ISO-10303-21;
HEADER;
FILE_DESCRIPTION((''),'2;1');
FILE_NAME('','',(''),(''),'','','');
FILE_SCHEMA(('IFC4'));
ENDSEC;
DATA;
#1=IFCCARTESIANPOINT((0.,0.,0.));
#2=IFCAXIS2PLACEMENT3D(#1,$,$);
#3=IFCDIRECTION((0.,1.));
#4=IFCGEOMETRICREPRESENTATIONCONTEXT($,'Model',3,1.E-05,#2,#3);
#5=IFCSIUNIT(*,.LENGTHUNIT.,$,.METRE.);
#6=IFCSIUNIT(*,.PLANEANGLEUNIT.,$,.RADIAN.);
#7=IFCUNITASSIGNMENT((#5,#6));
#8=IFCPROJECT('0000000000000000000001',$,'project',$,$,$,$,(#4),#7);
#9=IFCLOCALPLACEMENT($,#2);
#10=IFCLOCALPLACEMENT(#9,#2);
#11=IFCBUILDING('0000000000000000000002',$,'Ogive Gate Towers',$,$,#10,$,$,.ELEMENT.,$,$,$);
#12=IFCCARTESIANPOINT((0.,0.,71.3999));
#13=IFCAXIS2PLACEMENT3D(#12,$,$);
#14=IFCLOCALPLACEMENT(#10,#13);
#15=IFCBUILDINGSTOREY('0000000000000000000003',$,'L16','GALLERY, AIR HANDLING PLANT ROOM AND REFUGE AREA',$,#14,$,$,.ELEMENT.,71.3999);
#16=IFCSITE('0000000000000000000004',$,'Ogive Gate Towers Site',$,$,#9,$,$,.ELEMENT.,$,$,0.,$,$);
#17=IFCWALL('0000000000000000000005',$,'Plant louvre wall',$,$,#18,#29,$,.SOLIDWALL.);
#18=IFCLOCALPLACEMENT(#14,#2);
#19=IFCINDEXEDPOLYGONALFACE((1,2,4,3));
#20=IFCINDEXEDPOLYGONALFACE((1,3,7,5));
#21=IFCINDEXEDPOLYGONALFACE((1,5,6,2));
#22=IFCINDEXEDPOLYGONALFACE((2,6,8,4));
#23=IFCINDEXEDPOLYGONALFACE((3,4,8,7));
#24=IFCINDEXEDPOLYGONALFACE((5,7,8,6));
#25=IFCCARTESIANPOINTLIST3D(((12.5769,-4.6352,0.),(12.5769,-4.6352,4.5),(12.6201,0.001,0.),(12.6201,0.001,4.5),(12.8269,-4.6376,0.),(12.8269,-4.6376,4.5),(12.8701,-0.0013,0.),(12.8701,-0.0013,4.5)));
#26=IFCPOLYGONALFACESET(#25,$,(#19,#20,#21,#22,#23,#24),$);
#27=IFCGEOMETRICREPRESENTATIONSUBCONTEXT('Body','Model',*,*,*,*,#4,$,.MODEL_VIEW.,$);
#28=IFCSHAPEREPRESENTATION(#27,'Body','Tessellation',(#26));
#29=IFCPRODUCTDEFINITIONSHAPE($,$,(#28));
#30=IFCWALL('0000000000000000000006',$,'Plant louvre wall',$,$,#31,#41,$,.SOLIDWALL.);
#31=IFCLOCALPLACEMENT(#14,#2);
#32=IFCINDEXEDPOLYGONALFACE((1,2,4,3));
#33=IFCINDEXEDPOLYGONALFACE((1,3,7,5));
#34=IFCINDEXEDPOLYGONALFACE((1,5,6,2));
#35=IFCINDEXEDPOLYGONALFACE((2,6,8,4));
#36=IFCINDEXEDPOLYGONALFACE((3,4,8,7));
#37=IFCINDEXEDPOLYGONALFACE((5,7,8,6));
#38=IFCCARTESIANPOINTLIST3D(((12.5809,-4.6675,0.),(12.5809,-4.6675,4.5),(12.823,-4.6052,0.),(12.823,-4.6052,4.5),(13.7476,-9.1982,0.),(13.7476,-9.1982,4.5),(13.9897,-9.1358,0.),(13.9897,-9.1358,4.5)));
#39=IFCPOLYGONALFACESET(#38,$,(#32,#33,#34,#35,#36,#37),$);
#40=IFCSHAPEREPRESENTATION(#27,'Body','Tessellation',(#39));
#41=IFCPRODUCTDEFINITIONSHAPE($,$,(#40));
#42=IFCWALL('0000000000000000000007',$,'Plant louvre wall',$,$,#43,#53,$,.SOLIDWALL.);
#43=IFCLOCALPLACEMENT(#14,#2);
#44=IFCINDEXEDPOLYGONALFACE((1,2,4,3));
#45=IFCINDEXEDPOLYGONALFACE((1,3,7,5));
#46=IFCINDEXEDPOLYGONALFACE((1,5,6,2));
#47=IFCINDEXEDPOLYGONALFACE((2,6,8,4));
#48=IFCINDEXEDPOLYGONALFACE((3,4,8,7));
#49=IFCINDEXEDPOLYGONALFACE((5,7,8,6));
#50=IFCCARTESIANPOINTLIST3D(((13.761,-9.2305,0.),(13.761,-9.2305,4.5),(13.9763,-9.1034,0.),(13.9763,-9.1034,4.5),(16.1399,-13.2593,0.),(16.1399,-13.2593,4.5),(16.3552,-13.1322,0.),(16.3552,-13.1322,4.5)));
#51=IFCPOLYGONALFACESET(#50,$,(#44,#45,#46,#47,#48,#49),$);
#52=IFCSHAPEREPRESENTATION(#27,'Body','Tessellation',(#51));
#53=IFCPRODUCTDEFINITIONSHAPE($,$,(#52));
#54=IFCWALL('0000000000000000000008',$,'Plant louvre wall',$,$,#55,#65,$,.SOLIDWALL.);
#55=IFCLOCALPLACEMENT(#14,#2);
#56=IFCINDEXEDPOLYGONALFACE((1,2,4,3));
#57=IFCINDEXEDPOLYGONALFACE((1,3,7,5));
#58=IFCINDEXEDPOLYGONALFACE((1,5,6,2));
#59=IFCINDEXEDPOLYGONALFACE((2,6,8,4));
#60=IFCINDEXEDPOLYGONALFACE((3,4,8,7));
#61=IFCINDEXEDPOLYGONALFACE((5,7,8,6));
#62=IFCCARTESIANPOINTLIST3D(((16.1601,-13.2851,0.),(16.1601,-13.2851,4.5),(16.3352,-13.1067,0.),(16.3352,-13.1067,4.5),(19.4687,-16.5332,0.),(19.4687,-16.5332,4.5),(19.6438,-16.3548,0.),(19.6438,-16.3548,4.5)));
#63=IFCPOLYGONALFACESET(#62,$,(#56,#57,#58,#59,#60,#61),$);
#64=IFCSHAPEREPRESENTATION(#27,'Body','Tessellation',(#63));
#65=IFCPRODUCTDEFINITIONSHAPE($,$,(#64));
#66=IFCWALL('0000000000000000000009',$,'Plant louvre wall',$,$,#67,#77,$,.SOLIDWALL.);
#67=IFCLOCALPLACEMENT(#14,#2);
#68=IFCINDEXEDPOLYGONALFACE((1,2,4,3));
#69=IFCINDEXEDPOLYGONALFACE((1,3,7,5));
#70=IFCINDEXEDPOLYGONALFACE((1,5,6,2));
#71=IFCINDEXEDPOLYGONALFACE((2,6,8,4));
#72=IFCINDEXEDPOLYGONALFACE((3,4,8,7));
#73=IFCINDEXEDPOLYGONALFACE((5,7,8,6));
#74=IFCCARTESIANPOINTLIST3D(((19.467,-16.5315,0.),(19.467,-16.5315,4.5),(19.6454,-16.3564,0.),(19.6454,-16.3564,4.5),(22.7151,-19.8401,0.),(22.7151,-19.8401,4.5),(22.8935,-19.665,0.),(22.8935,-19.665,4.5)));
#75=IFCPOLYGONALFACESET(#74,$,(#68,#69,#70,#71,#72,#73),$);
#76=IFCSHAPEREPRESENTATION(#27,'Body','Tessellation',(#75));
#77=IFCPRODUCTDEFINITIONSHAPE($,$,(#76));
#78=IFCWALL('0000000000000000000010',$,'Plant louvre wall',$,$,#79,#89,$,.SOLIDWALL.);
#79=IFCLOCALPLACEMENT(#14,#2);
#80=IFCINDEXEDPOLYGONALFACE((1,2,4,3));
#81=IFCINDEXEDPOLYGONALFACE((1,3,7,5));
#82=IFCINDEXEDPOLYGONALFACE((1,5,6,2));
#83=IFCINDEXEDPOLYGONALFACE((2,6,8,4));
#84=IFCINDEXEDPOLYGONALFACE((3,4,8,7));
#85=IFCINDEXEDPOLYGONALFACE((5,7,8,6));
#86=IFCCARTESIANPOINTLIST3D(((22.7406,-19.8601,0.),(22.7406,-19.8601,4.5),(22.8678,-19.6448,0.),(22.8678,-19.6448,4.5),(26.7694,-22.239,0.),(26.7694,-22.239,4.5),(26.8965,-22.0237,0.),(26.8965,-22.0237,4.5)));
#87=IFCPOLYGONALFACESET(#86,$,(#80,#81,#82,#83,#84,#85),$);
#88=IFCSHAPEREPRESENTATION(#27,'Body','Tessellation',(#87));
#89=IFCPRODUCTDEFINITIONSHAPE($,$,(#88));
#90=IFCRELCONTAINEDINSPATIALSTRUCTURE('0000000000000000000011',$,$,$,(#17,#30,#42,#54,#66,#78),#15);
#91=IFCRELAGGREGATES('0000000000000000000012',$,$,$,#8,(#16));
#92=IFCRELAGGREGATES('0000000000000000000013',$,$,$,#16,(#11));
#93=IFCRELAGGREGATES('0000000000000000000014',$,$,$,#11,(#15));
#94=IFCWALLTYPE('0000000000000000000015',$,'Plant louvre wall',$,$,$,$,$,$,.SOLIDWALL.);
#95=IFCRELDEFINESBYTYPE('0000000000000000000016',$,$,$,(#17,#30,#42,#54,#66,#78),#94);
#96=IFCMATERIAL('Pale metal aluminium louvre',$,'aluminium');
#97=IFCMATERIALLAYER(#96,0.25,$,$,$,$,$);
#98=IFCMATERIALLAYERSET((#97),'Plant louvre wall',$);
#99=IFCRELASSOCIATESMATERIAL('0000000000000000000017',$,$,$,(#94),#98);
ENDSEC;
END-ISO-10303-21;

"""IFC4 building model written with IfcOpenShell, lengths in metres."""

from ifc_helpers import new_model, si_unit, direction, frame, frame_2d, origin, place, context, subcontext, project, spatial, rectangle, extrude, material, layer, layer_set, type_object, element, save


model = new_model("IFC4")

# Units and contexts
model_context = context("Model", 3, precision=1e-05, world=origin(), true_north=direction((0.0, 1.0)))
body_context = subcontext(model_context, "Body", "Model", "MODEL_VIEW")
ifc_project = project(units=[si_unit("LENGTHUNIT", "METRE"), si_unit("PLANEANGLEUNIT", "RADIAN")], contexts=[model_context])

# Site, building, storey
site_placement = place(None, origin())
site = spatial("IfcSite", under=ifc_project, at=site_placement, Name="Ogive Gate Towers Site", CompositionType="ELEMENT", RefElevation=0.0)
building_placement = place(site_placement, origin())
building = spatial("IfcBuilding", under=site, at=building_placement, Name="Ogive Gate Towers", CompositionType="ELEMENT")
storey_placement = place(building_placement, frame((0.0, 0.0, 71.3999)))
storey = spatial("IfcBuildingStorey", under=building, at=storey_placement, Name="L16", Description="GALLERY, AIR HANDLING PLANT ROOM AND REFUGE AREA", CompositionType="ELEMENT", Elevation=71.3999)

# Walls
ifc_material_1 = material(Name="Pale metal aluminium louvre", Category="aluminium")
ifc_layer_1 = layer(ifc_material_1, 0.25)
ifc_layer_set_1 = layer_set([ifc_layer_1], Name="Plant louvre wall")
wall_type_1 = type_object("IfcWallType", Name="Plant louvre wall", PredefinedType="SOLIDWALL", material=ifc_layer_set_1)
wall_1_placement = place(storey_placement, frame((12.7451, 0.0, 0.0), z_axis=(0.0, 0.0, 1.0), x_axis=(-0.00932, -0.999957, 0.0)))
element("IfcWall", 1, at=wall_1_placement, inside=storey, type_object=wall_type_1, Name="Plant louvre wall", PredefinedType="SOLIDWALL", context=body_context, shape_type="SweptSolid", body=[
    extrude(rectangle(XDim=4.6365, YDim=0.25, at=frame_2d((2.3184, 0.0))), origin(), (0.0, 0.0, 1.0), 4.5),
])
wall_2_placement = place(storey_placement, frame((12.7019, -4.6362, 0.0), z_axis=(0.0, 0.0, 1.0), x_axis=(0.249381, -0.968405, 0.0)))
element("IfcWall", 2, at=wall_2_placement, inside=storey, type_object=wall_type_1, Name="Plant louvre wall", PredefinedType="SOLIDWALL", context=body_context, shape_type="SweptSolid", body=[
    extrude(rectangle(XDim=4.6785, YDim=0.25, at=frame_2d((2.3394, 0.0))), origin(), (0.0, 0.0, 1.0), 4.5),
])
wall_3_placement = place(storey_placement, frame((13.8687, -9.167, 0.0), z_axis=(0.0, 0.0, 1.0), x_axis=(0.508452, -0.861091, 0.0)))
element("IfcWall", 3, at=wall_3_placement, inside=storey, type_object=wall_type_1, Name="Plant louvre wall", PredefinedType="SOLIDWALL", context=body_context, shape_type="SweptSolid", body=[
    extrude(rectangle(XDim=4.6787, YDim=0.25, at=frame_2d((2.3394, 0.0))), origin(), (0.0, 0.0, 1.0), 4.5),
])
for number, where, z_axis, x_axis, name in (
    (4, (16.2476, -13.1958, 0.0), (0.0, 0.0, 1.0), (0.713606, -0.700547, 0.0), "Plant louvre wall"),
    (5, (19.5562, -16.4438, 0.0), (0.0, 0.0, 1.0), (0.700547, -0.713606, 0.0), "Plant louvre wall"),
):
    element("IfcWall", number, at=place(storey_placement, frame(where, z_axis=z_axis, x_axis=x_axis)), inside=storey, type_object=wall_type_1, Name=name, PredefinedType="SOLIDWALL", context=body_context, shape_type="SweptSolid", body=[
        extrude(rectangle(XDim=4.6365, YDim=0.25, at=frame_2d((2.3184, 0.0))), origin(), (0.0, 0.0, 1.0), 4.5),
    ])
wall_4_placement = place(storey_placement, frame((22.8042, -19.7524, 0.0), z_axis=(0.0, 0.0, 1.0), x_axis=(0.861091, -0.508452, 0.0)))
element("IfcWall", 6, at=wall_4_placement, inside=storey, type_object=wall_type_1, Name="Plant louvre wall", PredefinedType="SOLIDWALL", context=body_context, shape_type="SweptSolid", body=[
    extrude(rectangle(XDim=4.6787, YDim=0.25, at=frame_2d((2.3394, 0.0))), origin(), (0.0, 0.0, 1.0), 4.5),
])

save(model, "model.ifc")
